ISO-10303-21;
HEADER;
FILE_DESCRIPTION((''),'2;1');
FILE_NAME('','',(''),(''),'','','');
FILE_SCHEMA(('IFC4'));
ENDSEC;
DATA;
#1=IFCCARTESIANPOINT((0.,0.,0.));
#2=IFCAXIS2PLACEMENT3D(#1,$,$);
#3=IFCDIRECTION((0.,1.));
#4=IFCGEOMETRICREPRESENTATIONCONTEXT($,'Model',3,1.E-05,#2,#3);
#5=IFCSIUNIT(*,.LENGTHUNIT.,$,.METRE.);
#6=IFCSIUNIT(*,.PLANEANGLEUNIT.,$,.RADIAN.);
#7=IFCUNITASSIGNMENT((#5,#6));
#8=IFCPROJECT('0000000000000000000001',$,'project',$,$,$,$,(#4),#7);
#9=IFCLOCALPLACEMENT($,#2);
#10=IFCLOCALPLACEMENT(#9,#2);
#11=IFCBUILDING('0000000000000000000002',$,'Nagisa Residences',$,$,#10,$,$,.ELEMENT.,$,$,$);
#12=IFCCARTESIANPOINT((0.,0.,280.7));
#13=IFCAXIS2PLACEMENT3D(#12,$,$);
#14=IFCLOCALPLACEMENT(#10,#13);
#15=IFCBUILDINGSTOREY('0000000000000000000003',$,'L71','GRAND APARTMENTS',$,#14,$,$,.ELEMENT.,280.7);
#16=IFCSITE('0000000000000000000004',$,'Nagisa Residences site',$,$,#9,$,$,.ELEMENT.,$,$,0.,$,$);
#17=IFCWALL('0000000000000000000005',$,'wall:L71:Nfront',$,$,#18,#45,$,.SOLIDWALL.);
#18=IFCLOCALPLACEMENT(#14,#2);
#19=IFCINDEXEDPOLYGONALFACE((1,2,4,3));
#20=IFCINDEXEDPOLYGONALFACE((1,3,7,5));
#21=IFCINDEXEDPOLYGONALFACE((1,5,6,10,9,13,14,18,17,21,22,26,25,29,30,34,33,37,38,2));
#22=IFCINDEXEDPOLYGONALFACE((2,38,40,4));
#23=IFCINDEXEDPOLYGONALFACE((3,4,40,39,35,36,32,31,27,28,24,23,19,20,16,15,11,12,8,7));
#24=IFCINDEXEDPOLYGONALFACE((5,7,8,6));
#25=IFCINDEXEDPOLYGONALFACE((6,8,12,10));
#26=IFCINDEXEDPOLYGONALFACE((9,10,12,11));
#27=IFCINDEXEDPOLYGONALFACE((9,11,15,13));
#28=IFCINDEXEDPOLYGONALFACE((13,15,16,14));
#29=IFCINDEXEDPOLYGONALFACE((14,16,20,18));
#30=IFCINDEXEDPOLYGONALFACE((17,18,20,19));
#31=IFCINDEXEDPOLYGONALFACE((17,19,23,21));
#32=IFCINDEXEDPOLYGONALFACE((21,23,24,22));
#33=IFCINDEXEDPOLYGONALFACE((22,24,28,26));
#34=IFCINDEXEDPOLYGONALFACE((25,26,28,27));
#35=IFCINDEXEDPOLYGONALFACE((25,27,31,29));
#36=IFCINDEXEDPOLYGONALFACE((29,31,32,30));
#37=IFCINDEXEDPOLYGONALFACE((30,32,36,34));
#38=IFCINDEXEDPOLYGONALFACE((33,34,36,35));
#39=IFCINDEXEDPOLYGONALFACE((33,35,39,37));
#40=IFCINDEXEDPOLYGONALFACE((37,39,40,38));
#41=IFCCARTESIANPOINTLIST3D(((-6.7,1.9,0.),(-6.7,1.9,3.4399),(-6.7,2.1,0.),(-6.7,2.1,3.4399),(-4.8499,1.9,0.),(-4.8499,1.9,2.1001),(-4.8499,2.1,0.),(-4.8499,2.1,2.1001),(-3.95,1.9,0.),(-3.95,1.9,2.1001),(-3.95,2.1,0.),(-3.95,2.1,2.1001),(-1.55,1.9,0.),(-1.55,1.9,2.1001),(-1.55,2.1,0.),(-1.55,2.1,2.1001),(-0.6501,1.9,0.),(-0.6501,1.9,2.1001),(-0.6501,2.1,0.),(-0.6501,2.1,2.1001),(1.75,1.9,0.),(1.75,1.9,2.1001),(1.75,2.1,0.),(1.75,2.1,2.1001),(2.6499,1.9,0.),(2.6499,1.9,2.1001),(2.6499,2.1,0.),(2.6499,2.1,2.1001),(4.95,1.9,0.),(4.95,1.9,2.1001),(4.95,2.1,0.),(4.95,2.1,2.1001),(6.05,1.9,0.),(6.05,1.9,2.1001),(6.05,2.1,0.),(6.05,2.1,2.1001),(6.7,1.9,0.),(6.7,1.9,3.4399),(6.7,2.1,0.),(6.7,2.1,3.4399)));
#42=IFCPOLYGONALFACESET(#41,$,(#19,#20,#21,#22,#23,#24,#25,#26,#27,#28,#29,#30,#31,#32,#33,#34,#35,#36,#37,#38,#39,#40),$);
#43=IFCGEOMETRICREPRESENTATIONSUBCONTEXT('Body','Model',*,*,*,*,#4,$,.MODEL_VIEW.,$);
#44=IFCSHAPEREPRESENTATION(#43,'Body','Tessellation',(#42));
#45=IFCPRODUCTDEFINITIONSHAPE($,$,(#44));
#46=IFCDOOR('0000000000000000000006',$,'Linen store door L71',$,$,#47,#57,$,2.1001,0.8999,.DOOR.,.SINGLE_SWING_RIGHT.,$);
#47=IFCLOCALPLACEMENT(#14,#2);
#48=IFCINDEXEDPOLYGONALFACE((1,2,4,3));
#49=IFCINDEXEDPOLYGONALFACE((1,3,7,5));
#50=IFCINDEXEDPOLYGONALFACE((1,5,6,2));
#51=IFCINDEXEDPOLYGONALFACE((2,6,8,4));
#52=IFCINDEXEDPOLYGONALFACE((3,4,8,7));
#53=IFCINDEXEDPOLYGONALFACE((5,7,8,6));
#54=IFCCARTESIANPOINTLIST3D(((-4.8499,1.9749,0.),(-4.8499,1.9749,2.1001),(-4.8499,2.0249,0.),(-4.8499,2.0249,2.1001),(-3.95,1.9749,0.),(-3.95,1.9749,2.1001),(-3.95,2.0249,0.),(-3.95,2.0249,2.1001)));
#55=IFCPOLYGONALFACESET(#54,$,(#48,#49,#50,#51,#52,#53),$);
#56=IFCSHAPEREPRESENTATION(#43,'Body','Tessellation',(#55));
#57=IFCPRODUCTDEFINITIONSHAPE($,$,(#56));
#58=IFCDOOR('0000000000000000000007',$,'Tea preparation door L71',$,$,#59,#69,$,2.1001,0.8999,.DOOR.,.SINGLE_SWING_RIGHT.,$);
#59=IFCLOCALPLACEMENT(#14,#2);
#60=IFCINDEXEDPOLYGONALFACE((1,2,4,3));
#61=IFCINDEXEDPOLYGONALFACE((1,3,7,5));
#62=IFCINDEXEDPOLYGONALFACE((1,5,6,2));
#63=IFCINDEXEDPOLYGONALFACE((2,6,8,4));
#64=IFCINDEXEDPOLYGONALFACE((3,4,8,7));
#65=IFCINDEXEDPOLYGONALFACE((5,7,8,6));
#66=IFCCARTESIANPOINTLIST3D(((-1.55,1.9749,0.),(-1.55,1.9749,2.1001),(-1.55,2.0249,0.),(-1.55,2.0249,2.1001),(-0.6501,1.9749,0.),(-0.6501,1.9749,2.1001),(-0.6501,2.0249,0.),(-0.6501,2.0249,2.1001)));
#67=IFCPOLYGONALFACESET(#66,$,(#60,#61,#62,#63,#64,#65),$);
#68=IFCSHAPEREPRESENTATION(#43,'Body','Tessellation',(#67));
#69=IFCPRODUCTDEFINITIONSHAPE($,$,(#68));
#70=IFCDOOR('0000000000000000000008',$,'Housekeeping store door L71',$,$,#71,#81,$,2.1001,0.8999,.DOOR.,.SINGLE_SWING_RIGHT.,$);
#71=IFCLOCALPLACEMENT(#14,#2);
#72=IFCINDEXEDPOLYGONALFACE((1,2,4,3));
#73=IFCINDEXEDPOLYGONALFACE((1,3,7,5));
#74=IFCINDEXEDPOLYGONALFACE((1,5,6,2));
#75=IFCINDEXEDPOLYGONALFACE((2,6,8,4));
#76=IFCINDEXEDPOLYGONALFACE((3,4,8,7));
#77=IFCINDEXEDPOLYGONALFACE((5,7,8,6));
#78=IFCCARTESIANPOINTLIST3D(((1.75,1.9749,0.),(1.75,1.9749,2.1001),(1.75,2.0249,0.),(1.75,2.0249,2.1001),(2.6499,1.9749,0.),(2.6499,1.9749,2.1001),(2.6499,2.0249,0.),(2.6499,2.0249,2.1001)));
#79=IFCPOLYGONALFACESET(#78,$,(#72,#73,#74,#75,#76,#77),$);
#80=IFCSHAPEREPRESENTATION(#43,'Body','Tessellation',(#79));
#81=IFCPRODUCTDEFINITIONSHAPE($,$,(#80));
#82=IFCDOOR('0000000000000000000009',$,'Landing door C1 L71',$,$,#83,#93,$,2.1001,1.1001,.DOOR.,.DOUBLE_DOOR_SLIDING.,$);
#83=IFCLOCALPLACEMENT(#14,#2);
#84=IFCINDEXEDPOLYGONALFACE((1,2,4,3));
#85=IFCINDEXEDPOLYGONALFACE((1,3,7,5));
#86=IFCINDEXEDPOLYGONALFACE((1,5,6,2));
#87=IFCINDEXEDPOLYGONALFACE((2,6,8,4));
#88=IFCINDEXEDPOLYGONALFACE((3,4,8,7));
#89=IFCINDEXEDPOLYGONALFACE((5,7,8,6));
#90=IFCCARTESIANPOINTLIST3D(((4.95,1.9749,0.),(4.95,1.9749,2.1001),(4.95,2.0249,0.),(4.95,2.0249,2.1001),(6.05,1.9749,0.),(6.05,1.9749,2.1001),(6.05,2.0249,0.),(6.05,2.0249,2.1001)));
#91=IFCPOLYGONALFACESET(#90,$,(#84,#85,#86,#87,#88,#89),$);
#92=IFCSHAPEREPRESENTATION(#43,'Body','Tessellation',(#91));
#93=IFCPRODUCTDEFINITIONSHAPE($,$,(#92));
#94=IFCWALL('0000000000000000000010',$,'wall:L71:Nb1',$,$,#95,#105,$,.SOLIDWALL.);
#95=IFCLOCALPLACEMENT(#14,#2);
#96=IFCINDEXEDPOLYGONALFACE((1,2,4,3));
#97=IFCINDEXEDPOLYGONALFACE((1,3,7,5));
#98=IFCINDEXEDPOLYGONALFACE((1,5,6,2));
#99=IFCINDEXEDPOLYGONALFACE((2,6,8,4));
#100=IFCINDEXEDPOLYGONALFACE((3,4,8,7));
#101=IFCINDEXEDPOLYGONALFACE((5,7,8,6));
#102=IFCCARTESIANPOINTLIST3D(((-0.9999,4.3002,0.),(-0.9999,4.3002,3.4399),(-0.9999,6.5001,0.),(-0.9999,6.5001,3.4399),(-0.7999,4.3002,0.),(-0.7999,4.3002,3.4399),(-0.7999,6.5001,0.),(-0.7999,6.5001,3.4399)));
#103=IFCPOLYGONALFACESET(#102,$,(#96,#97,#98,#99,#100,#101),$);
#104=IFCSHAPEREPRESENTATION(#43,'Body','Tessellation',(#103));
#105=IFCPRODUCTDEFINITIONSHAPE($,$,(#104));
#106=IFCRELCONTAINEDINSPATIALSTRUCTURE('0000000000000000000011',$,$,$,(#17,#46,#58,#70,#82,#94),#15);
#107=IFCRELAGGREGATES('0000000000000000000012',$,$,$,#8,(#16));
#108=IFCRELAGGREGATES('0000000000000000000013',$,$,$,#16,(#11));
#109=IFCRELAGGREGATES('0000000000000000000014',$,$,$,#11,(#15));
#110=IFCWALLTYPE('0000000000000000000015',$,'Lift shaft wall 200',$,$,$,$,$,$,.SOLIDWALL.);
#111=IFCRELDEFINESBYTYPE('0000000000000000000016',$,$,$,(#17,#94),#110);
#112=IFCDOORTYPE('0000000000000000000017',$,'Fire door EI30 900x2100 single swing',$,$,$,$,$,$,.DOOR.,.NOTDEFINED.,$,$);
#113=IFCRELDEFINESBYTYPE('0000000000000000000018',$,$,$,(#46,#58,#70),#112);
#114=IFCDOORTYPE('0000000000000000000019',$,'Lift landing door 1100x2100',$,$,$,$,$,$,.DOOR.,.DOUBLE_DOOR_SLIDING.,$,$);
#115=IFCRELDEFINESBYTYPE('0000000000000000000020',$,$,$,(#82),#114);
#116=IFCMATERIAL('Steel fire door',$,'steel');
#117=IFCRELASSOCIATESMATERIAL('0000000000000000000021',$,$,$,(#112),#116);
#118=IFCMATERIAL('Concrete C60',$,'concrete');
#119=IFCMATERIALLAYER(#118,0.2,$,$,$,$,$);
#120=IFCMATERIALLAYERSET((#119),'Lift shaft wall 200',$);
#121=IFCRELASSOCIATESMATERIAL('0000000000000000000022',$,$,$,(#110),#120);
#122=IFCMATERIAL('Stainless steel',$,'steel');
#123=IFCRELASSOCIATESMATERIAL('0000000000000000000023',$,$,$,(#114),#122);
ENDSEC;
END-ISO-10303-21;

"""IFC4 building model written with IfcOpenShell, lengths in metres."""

from ifc_helpers import new_model, si_unit, direction, frame, frame_2d, origin, place, context, subcontext, project, spatial, rectangle, extrude, material, layer, layer_set, type_object, element, fill, save


model = new_model("IFC4")

# Units and contexts
model_context = context("Model", 3, precision=1e-05, world=origin(), true_north=direction((0.0, 1.0)))
body_context = subcontext(model_context, "Body", "Model", "MODEL_VIEW")
ifc_project = project(units=[si_unit("LENGTHUNIT", "METRE"), si_unit("PLANEANGLEUNIT", "RADIAN")], contexts=[model_context])

# Site, building, storey
site_placement = place(None, origin())
site = spatial("IfcSite", under=ifc_project, at=site_placement, Name="Nagisa Residences site", CompositionType="ELEMENT", RefElevation=0.0)
building_placement = place(site_placement, origin())
building = spatial("IfcBuilding", under=site, at=building_placement, Name="Nagisa Residences", CompositionType="ELEMENT")
storey_placement = place(building_placement, frame((0.0, 0.0, 280.7)))
storey = spatial("IfcBuildingStorey", under=building, at=storey_placement, Name="L71", Description="GRAND APARTMENTS", CompositionType="ELEMENT", Elevation=280.7)

# Shared definitions
ifc_material_1 = material(Name="Steel fire door", Category="steel")
door_type_1 = type_object("IfcDoorType", Name="Fire door EI30 900x2100 single swing", OperationType="NOTDEFINED", PredefinedType="DOOR", material=ifc_material_1)

# Shared definitions
ifc_material_2 = material(Name="Concrete C60", Category="concrete")
ifc_layer_1 = layer(ifc_material_2, 0.2)
ifc_layer_set_1 = layer_set([ifc_layer_1], Name="Lift shaft wall 200")
wall_type_1 = type_object("IfcWallType", Name="Lift shaft wall 200", PredefinedType="SOLIDWALL", material=ifc_layer_set_1)
ifc_material_3 = material(Name="Stainless steel", Category="steel")
door_type_2 = type_object("IfcDoorType", Name="Lift landing door 1100x2100", OperationType="DOUBLE_DOOR_SLIDING", PredefinedType="DOOR", material=ifc_material_3)

# Wall, openings, doors
wall_1_placement = place(storey_placement, frame((-6.7, 2.0, 0.0), z_axis=(0.0, 0.0, 1.0), x_axis=(1.0, 0.0, 0.0)))
wall_1 = element("IfcWall", 1, at=wall_1_placement, inside=storey, type_object=wall_type_1, Name="wall:L71:Nfront", PredefinedType="SOLIDWALL", context=body_context, shape_type="SweptSolid", body=[
    extrude(rectangle(XDim=13.3999, YDim=0.2, at=frame_2d((6.7, 0.0))), origin(), (0.0, 0.0, 1.0), 3.4399),
])
opening_1_placement = place(wall_1_placement, frame((11.6499, 0.0, 0.0)))
opening_1 = element("IfcOpeningElement", 2, at=opening_1_placement, cuts=wall_1, PredefinedType="OPENING", context=body_context, shape_type="SweptSolid", body=[
    extrude(rectangle(XDim=1.1001, YDim=2.1001, at=frame_2d((0.55, 1.05))), frame((0.0, 0.1099, 0.0), z_axis=(0.0, -1.0, 0.0), x_axis=(1.0, 0.0, 0.0)), (0.0, 0.0, 1.0), 0.22),
])
opening_2_placement = place(wall_1_placement, frame((1.8501, 0.0, 0.0)))
opening_2 = element("IfcOpeningElement", 3, at=opening_2_placement, cuts=wall_1, PredefinedType="OPENING", context=body_context, shape_type="SweptSolid", body=[
    extrude(rectangle(XDim=0.8999, YDim=2.1001, at=frame_2d((0.45, 1.05))), frame((0.0, 0.1099, 0.0), z_axis=(0.0, -1.0, 0.0), x_axis=(1.0, 0.0, 0.0)), (0.0, 0.0, 1.0), 0.22),
])
opening_3_placement = place(wall_1_placement, frame((5.1499, 0.0, 0.0)))
opening_3 = element("IfcOpeningElement", 4, at=opening_3_placement, cuts=wall_1, PredefinedType="OPENING", context=body_context, shape_type="SweptSolid", body=[
    extrude(rectangle(XDim=0.8999, YDim=2.1001, at=frame_2d((0.45, 1.05))), frame((0.0, 0.1099, 0.0), z_axis=(0.0, -1.0, 0.0), x_axis=(1.0, 0.0, 0.0)), (0.0, 0.0, 1.0), 0.22),
])
opening_4_placement = place(wall_1_placement, frame((8.45, 0.0, 0.0)))
opening_4 = element("IfcOpeningElement", 5, at=opening_4_placement, cuts=wall_1, PredefinedType="OPENING", context=body_context, shape_type="SweptSolid", body=[
    extrude(rectangle(XDim=0.8999, YDim=2.1001, at=frame_2d((0.45, 1.05))), frame((0.0, 0.1099, 0.0), z_axis=(0.0, -1.0, 0.0), x_axis=(1.0, 0.0, 0.0)), (0.0, 0.0, 1.0), 0.22),
])
door_1_placement = place(opening_2_placement, origin())
door_1 = element("IfcDoor", 6, at=door_1_placement, inside=storey, type_object=door_type_1, Name="Linen store door L71", OperationType="SINGLE_SWING_RIGHT", OverallHeight=2.1001, OverallWidth=0.8999, PredefinedType="DOOR", context=body_context, shape_type="SweptSolid", body=[
    extrude(rectangle(XDim=0.8999, YDim=2.1001, at=frame_2d((0.45, 1.05))), frame((0.0, 0.0249, 0.0), z_axis=(0.0, -1.0, 0.0), x_axis=(1.0, 0.0, 0.0)), (0.0, 0.0, 1.0), 0.05),
])
fill(opening_2, door_1)
door_2_placement = place(opening_3_placement, origin())
door_2 = element("IfcDoor", 7, at=door_2_placement, inside=storey, type_object=door_type_1, Name="Tea preparation door L71", OperationType="SINGLE_SWING_RIGHT", OverallHeight=2.1001, OverallWidth=0.8999, PredefinedType="DOOR", context=body_context, shape_type="SweptSolid", body=[
    extrude(rectangle(XDim=0.8999, YDim=2.1001, at=frame_2d((0.45, 1.05))), frame((0.0, 0.0249, 0.0), z_axis=(0.0, -1.0, 0.0), x_axis=(1.0, 0.0, 0.0)), (0.0, 0.0, 1.0), 0.05),
])
fill(opening_3, door_2)
door_3_placement = place(opening_4_placement, origin())
door_3 = element("IfcDoor", 8, at=door_3_placement, inside=storey, type_object=door_type_1, Name="Housekeeping store door L71", OperationType="SINGLE_SWING_RIGHT", OverallHeight=2.1001, OverallWidth=0.8999, PredefinedType="DOOR", context=body_context, shape_type="SweptSolid", body=[
    extrude(rectangle(XDim=0.8999, YDim=2.1001, at=frame_2d((0.45, 1.05))), frame((0.0, 0.0249, 0.0), z_axis=(0.0, -1.0, 0.0), x_axis=(1.0, 0.0, 0.0)), (0.0, 0.0, 1.0), 0.05),
])
fill(opening_4, door_3)
door_4_placement = place(opening_1_placement, origin())
door_4 = element("IfcDoor", 9, at=door_4_placement, inside=storey, type_object=door_type_2, Name="Landing door C1 L71", OperationType="DOUBLE_DOOR_SLIDING", OverallHeight=2.1001, OverallWidth=1.1001, PredefinedType="DOOR", context=body_context, shape_type="SweptSolid", body=[
    extrude(rectangle(XDim=1.1001, YDim=2.1001, at=frame_2d((0.55, 1.05))), frame((0.0, 0.0249, 0.0), z_axis=(0.0, -1.0, 0.0), x_axis=(1.0, 0.0, 0.0)), (0.0, 0.0, 1.0), 0.05),
])
fill(opening_1, door_4)

# Wall
wall_2_placement = place(storey_placement, frame((-0.8999, 4.3, 0.0), z_axis=(0.0, 0.0, 1.0), x_axis=(0.0, 1.0, 0.0)))
element("IfcWall", 10, at=wall_2_placement, inside=storey, type_object=wall_type_1, Name="wall:L71:Nb1", PredefinedType="SOLIDWALL", context=body_context, shape_type="SweptSolid", body=[
    extrude(rectangle(XDim=2.2, YDim=0.2, at=frame_2d((1.1001, 0.0))), origin(), (0.0, 0.0, 1.0), 3.4399),
])

save(model, "model.ifc")
